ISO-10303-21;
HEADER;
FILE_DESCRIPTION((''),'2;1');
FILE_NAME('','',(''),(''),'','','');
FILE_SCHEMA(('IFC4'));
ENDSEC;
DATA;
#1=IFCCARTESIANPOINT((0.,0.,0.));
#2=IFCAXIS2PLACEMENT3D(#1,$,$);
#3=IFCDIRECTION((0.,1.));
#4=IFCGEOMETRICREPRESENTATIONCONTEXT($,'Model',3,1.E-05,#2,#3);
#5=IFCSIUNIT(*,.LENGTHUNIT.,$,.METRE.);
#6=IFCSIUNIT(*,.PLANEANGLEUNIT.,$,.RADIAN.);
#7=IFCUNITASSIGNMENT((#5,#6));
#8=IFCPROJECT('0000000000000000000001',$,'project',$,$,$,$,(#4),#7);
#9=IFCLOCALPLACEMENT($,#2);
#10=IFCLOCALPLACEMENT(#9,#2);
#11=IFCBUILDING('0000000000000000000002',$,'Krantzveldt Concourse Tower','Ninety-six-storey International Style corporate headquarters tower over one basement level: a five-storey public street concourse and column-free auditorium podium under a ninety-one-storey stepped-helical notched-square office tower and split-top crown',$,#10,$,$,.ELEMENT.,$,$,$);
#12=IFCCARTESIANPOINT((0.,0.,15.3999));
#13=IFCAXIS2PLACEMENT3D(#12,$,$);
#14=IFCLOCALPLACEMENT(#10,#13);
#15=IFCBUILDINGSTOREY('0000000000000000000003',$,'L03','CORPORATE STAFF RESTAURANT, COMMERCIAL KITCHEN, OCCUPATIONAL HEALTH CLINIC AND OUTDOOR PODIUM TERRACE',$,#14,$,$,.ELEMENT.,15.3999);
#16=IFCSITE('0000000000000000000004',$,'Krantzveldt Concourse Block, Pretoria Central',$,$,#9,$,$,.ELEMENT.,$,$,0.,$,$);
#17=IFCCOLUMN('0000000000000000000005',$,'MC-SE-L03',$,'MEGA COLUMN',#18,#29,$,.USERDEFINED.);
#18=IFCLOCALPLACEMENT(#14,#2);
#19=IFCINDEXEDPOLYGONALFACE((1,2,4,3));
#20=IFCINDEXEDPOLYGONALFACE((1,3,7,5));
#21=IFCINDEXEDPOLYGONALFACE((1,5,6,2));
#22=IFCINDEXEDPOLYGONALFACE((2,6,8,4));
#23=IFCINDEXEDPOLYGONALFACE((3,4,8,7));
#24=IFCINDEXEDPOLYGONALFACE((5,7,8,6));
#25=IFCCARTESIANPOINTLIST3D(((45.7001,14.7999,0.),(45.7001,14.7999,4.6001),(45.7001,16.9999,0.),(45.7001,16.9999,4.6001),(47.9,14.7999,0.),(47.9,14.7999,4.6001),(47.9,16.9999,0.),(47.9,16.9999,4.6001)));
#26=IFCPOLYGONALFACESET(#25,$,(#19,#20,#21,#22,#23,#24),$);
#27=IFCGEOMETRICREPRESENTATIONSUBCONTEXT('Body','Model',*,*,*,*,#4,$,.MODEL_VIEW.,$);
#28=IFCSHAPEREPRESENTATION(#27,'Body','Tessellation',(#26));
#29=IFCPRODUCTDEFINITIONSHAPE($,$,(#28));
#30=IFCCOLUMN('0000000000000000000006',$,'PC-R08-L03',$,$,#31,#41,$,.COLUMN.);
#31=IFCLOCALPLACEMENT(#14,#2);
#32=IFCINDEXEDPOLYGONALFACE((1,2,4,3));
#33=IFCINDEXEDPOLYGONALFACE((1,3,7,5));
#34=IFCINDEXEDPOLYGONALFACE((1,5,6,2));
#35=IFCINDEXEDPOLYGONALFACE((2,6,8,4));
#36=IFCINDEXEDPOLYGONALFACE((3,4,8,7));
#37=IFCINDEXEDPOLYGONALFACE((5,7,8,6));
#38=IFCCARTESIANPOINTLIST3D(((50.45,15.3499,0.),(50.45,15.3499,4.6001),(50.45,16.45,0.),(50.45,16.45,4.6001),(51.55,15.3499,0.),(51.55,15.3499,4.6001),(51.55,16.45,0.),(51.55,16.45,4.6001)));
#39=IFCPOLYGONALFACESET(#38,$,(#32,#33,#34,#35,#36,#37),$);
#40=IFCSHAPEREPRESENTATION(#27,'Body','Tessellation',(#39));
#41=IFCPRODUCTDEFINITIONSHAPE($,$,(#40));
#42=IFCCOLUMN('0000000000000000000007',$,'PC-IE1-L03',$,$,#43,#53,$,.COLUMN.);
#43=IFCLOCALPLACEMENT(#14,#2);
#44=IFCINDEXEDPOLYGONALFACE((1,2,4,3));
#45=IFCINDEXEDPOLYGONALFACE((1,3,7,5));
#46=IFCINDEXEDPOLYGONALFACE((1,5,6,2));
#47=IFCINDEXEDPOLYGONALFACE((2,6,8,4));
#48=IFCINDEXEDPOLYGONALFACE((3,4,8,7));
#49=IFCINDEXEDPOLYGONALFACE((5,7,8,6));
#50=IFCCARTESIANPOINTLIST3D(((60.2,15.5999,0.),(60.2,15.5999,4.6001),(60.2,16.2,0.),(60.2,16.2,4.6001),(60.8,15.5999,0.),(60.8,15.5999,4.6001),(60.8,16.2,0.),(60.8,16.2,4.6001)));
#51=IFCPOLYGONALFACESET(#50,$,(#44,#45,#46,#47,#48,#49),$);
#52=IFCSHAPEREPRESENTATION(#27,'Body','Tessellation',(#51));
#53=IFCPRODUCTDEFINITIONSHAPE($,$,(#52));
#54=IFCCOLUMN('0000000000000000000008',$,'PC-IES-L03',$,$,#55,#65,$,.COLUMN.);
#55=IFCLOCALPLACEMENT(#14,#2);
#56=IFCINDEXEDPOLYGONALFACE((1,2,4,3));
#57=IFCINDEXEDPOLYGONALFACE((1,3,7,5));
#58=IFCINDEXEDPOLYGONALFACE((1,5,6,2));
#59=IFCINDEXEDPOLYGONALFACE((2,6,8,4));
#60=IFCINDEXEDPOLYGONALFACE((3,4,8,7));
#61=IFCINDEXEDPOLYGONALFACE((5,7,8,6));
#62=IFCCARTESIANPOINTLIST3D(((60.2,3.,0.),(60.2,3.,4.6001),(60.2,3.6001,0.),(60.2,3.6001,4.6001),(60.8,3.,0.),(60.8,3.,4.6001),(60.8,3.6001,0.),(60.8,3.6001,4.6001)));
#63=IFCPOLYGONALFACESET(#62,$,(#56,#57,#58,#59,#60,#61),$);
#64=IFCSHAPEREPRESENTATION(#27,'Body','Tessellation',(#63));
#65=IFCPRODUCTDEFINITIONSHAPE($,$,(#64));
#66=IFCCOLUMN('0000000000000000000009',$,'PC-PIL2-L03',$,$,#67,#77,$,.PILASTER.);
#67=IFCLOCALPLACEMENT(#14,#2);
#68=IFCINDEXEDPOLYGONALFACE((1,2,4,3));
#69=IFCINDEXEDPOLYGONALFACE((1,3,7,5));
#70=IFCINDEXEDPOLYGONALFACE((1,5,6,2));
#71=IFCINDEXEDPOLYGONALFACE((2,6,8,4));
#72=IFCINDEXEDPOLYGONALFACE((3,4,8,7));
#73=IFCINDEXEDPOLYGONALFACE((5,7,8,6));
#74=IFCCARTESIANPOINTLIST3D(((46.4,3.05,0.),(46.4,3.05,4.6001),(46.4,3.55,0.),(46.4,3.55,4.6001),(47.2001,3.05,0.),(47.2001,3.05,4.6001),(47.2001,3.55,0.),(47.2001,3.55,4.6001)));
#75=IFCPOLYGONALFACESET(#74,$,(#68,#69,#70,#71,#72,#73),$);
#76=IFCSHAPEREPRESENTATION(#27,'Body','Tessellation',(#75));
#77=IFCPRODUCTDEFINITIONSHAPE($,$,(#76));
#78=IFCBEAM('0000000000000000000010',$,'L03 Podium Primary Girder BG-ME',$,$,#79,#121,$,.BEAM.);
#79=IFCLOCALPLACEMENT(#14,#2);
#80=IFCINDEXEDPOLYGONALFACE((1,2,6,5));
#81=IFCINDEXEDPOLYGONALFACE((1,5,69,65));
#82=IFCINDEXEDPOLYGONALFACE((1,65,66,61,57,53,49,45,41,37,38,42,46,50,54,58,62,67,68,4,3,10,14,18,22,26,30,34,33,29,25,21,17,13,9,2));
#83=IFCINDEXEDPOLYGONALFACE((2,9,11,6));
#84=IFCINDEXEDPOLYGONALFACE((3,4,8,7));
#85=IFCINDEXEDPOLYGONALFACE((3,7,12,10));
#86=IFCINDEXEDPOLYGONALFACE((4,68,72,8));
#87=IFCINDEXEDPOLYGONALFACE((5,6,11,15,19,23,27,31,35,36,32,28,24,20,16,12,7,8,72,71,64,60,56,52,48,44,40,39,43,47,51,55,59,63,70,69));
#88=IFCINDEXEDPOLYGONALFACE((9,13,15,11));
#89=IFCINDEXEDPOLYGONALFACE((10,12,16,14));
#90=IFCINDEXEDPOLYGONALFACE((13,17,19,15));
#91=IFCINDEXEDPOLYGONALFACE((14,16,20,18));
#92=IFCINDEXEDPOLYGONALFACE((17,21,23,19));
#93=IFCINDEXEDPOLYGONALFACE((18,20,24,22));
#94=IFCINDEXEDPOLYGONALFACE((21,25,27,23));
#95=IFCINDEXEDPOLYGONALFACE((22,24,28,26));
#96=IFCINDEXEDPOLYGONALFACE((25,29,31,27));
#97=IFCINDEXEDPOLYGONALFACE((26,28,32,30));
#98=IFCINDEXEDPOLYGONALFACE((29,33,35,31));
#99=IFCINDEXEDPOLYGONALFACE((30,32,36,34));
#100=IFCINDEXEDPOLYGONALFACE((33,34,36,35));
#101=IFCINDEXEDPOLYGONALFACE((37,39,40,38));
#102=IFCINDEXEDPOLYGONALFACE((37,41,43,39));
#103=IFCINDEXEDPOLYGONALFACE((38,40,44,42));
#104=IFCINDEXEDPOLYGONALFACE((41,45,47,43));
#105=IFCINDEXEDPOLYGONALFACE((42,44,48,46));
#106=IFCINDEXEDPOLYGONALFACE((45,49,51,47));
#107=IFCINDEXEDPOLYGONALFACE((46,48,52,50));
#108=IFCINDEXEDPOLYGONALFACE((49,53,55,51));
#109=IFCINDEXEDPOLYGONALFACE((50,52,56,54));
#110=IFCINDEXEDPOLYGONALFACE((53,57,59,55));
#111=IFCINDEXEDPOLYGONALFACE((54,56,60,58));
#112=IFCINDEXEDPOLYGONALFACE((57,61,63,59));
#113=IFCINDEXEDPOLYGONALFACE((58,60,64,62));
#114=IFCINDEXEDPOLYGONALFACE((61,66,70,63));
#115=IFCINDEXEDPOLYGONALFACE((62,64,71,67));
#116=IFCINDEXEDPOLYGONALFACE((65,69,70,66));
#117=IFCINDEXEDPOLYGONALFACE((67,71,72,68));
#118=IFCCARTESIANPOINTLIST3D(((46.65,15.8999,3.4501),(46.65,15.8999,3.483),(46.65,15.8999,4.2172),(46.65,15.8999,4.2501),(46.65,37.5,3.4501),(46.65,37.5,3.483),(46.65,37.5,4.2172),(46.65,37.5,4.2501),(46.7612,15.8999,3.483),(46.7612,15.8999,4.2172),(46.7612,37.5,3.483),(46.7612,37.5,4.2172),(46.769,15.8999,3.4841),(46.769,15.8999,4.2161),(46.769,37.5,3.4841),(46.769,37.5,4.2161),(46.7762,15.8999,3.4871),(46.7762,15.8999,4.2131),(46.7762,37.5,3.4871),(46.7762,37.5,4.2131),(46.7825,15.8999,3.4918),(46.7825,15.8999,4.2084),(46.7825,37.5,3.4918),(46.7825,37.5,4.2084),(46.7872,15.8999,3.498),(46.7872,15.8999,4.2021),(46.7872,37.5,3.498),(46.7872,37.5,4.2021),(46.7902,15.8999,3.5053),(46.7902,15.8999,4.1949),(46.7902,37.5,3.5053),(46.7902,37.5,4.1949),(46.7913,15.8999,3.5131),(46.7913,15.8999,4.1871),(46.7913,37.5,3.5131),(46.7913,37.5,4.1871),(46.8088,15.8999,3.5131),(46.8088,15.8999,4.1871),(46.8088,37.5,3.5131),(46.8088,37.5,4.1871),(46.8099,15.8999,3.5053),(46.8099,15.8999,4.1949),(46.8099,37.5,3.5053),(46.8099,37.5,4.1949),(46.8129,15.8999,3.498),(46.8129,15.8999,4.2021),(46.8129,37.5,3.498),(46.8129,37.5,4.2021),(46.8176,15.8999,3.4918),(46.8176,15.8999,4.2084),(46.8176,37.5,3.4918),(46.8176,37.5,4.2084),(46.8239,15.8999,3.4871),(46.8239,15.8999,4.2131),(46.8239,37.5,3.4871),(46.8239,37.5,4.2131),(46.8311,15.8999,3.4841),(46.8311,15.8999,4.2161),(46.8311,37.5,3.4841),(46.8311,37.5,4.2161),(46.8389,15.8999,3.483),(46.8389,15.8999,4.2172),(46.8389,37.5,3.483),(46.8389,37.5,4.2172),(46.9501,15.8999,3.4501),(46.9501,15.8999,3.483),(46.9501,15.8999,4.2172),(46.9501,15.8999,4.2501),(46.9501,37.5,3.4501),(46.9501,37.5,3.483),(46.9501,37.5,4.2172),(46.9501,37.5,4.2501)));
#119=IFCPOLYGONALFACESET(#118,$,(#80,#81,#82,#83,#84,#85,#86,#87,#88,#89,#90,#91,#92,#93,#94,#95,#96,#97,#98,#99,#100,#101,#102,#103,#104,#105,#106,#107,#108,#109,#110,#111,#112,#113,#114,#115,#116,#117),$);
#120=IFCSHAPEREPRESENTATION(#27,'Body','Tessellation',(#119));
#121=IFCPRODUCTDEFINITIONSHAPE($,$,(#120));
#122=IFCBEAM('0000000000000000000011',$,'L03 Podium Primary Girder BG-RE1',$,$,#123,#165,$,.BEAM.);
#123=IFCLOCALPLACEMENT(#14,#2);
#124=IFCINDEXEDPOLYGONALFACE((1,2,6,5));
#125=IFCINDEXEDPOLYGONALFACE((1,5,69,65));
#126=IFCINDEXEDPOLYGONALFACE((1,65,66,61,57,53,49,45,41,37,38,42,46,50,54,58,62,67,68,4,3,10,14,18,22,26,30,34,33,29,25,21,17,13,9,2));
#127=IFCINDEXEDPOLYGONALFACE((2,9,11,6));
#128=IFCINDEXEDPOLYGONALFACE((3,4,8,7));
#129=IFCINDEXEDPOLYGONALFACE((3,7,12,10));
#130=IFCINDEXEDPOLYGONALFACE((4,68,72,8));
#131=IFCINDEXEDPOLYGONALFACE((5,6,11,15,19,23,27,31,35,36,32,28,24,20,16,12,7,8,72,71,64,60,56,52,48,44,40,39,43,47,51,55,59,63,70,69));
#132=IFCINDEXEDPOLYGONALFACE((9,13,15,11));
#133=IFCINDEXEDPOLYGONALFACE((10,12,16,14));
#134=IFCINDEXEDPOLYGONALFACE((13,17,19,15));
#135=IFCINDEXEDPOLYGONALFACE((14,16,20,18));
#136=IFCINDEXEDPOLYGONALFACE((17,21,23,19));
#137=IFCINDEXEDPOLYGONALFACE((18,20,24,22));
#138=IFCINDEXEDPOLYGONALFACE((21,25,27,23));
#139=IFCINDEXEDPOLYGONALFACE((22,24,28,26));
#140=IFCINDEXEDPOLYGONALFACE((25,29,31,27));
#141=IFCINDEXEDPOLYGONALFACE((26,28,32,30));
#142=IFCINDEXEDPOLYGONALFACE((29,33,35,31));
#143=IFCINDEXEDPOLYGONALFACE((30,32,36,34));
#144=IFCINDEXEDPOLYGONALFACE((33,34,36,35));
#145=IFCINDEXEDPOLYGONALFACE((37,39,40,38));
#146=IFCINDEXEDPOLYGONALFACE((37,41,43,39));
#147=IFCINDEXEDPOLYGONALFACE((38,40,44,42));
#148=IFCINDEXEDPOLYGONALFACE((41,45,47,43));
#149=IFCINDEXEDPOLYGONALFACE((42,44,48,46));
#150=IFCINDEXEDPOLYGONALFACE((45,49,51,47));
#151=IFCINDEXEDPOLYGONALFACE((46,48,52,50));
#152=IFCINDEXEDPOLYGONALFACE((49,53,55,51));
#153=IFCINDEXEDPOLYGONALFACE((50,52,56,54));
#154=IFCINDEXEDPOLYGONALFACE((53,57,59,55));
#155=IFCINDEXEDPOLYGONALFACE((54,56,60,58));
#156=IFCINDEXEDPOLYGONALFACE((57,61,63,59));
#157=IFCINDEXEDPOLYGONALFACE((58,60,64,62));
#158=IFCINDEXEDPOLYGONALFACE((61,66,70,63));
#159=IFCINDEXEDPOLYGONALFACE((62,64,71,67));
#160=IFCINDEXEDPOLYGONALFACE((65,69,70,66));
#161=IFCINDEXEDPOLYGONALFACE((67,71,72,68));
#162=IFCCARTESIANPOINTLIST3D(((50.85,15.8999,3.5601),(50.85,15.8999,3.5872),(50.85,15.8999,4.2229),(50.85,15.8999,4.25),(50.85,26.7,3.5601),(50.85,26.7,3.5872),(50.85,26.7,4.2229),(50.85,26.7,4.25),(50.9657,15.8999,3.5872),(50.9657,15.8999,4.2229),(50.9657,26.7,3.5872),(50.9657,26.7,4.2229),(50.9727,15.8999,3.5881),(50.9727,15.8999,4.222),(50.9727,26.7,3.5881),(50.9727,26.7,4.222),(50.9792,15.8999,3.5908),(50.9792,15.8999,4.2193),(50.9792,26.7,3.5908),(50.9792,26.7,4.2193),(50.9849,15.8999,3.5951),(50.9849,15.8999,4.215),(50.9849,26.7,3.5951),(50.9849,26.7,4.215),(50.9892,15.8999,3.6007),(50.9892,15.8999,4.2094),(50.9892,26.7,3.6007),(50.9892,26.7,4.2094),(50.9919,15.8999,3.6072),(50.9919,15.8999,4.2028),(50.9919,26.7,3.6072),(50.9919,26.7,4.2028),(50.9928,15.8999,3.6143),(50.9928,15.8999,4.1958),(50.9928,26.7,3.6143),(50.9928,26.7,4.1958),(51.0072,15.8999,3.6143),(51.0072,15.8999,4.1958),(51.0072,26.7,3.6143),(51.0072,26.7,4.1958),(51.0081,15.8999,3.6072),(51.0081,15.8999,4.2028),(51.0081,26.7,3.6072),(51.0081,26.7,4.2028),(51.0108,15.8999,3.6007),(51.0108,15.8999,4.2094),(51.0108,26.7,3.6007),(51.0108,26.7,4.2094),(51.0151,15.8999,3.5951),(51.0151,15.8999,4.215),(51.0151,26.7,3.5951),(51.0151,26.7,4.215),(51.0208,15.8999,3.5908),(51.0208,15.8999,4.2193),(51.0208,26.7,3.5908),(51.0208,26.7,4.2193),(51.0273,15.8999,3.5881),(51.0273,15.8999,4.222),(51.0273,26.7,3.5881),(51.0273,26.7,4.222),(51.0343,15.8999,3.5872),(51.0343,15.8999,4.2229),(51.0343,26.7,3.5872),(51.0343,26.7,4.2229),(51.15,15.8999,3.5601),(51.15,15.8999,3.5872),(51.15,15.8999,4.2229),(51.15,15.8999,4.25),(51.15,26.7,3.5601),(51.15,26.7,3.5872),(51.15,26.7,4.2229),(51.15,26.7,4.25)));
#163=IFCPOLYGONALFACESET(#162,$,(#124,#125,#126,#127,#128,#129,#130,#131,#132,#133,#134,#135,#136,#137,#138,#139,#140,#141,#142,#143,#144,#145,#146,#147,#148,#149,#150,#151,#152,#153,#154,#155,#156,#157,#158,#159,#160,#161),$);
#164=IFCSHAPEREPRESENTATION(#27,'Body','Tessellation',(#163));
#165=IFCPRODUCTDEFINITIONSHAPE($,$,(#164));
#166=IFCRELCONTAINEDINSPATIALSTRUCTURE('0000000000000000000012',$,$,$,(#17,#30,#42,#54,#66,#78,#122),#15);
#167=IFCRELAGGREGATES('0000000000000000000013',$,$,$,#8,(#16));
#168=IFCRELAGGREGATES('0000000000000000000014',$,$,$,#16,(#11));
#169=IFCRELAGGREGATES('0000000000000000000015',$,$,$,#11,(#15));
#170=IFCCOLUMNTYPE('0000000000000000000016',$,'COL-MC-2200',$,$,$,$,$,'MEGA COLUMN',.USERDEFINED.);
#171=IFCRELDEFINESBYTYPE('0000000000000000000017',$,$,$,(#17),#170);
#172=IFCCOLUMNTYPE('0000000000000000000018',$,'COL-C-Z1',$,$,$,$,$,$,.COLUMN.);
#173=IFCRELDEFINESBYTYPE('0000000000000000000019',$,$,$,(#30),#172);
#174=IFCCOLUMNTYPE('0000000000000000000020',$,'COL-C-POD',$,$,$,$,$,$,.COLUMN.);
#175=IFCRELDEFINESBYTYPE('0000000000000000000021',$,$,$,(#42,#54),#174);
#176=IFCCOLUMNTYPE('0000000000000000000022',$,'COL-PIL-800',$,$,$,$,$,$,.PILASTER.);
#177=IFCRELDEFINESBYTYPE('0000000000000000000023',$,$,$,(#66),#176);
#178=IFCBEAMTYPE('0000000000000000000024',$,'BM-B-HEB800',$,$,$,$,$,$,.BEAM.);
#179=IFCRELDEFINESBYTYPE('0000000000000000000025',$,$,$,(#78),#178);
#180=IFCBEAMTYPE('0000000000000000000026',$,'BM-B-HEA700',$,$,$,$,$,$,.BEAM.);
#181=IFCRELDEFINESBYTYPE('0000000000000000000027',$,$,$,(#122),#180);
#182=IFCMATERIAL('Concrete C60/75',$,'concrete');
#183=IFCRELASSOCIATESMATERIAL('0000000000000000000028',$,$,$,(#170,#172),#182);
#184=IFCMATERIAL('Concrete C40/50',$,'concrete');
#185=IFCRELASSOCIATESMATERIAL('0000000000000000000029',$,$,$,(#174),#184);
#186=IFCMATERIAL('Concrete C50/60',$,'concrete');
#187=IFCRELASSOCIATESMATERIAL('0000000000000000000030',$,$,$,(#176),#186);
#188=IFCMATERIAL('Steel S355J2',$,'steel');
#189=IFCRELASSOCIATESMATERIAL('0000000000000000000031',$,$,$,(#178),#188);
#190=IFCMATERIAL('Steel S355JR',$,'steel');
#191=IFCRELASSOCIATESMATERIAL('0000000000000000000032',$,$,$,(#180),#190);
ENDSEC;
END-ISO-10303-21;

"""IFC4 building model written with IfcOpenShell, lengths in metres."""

from ifc_helpers import new_model, si_unit, direction, frame, origin, origin_2d, place, context, subcontext, project, spatial, rectangle, i_section, extrude, source, transform, mapped, material, material_profile, profile_set, type_object, type_shapes, element, save


model = new_model("IFC4")

# Units and contexts
model_context = context("Model", 3, precision=1e-05, world=origin(), true_north=direction((0.0, 1.0)))
body_context = subcontext(model_context, "Body", "Model", "MODEL_VIEW")
ifc_project = project(units=[si_unit("LENGTHUNIT", "METRE"), si_unit("PLANEANGLEUNIT", "RADIAN")], contexts=[model_context])

# Site, building, storey
site_placement = place(None, origin())
site = spatial("IfcSite", under=ifc_project, at=site_placement, Name="Krantzveldt Concourse Block, Pretoria Central", CompositionType="ELEMENT", RefElevation=0.0)
building_placement = place(site_placement, origin())
building = spatial("IfcBuilding", under=site, at=building_placement, Name="Krantzveldt Concourse Tower", Description="Ninety-six-storey International Style corporate headquarters tower over one basement level: a five-storey public street concourse and column-free auditorium podium under a ninety-one-storey stepped-helical notched-square office tower and split-top crown", CompositionType="ELEMENT")
storey_placement = place(building_placement, frame((0.0, 0.0, 15.3999)))
storey = spatial("IfcBuildingStorey", under=building, at=storey_placement, Name="L03", Description="CORPORATE STAFF RESTAURANT, COMMERCIAL KITCHEN, OCCUPATIONAL HEALTH CLINIC AND OUTDOOR PODIUM TERRACE", CompositionType="ELEMENT", Elevation=15.3999)

# Columns
ifc_material_1 = material(Name="Concrete C60/75", Category="concrete")
ifc_material_profile_1 = material_profile(ifc_material_1, rectangle(XDim=2.2, YDim=2.2, at=origin_2d()), Name="Concrete C60/75", Category="concrete")
ifc_profile_set_1 = profile_set([ifc_material_profile_1], Name="Concrete C60/75 - RC 2200x2200")
column_type_1 = type_object("IfcColumnType", Name="COL-MC-2200", ElementType="MEGA COLUMN", PredefinedType="USERDEFINED", material=ifc_profile_set_1)
shared_shape_1 = source(origin(), body_context, "Body", "SweptSolid", [
    extrude(rectangle(XDim=2.2, YDim=2.2, at=origin_2d()), origin(), (0.0, 0.0, 1.0), 4.6001),
])
type_shapes(column_type_1, [shared_shape_1])
column_1_placement = place(storey_placement, frame((46.8, 15.8999, 0.0), z_axis=(0.0, 0.0, 1.0), x_axis=(1.0, 0.0, 0.0)))
element("IfcColumn", 1, at=column_1_placement, inside=storey, type_object=column_type_1, Name="MC-SE-L03", ObjectType="MEGA COLUMN", PredefinedType="USERDEFINED", context=body_context, shape_type="MappedRepresentation", body=[
    mapped(shared_shape_1, transform((0.0, 0.0, 0.0), x_axis=(1.0, 0.0, 0.0), y_axis=(0.0, 1.0, 0.0), z_axis=(0.0, 0.0, 1.0), scale=1.0)),
])
ifc_material_profile_2 = material_profile(ifc_material_1, rectangle(XDim=1.1001, YDim=1.1001, at=origin_2d()), Name="Concrete C60/75", Category="concrete")
ifc_profile_set_2 = profile_set([ifc_material_profile_2], Name="Concrete C60/75 - RC 1100x1100")
column_type_2 = type_object("IfcColumnType", Name="COL-C-Z1", PredefinedType="COLUMN", material=ifc_profile_set_2)
shared_shape_2 = source(origin(), body_context, "Body", "SweptSolid", [
    extrude(rectangle(XDim=1.1001, YDim=1.1001, at=origin_2d()), origin(), (0.0, 0.0, 1.0), 4.6001),
])
type_shapes(column_type_2, [shared_shape_2])
column_2_placement = place(storey_placement, frame((51.0, 15.8999, 0.0), z_axis=(0.0, 0.0, 1.0), x_axis=(1.0, 0.0, 0.0)))
element("IfcColumn", 2, at=column_2_placement, inside=storey, type_object=column_type_2, Name="PC-R08-L03", PredefinedType="COLUMN", context=body_context, shape_type="MappedRepresentation", body=[
    mapped(shared_shape_2, transform((0.0, 0.0, 0.0), x_axis=(1.0, 0.0, 0.0), y_axis=(0.0, 1.0, 0.0), z_axis=(0.0, 0.0, 1.0), scale=1.0)),
])
ifc_material_2 = material(Name="Concrete C40/50", Category="concrete")
ifc_material_profile_3 = material_profile(ifc_material_2, rectangle(XDim=0.6001, YDim=0.6001, at=origin_2d()), Name="Concrete C40/50", Category="concrete")
ifc_profile_set_3 = profile_set([ifc_material_profile_3], Name="Concrete C40/50 - RC 600x600")
column_type_3 = type_object("IfcColumnType", Name="COL-C-POD", PredefinedType="COLUMN", material=ifc_profile_set_3)
shared_shape_3 = source(origin(), body_context, "Body", "SweptSolid", [
    extrude(rectangle(XDim=0.6001, YDim=0.6001, at=origin_2d()), origin(), (0.0, 0.0, 1.0), 4.6001),
])
type_shapes(column_type_3, [shared_shape_3])
for number, where, z_axis, x_axis, name in (
    (3, (60.5, 15.8999, 0.0), (0.0, 0.0, 1.0), (1.0, 0.0, 0.0), "PC-IE1-L03"),
    (4, (60.5, 3.3, 0.0), (0.0, 0.0, 1.0), (1.0, 0.0, 0.0), "PC-IES-L03"),
):
    element("IfcColumn", number, at=place(storey_placement, frame(where, z_axis=z_axis, x_axis=x_axis)), inside=storey, type_object=column_type_3, Name=name, PredefinedType="COLUMN", context=body_context, shape_type="MappedRepresentation", body=[
        mapped(shared_shape_3, transform((0.0, 0.0, 0.0), x_axis=(1.0, 0.0, 0.0), y_axis=(0.0, 1.0, 0.0), z_axis=(0.0, 0.0, 1.0), scale=1.0)),
    ])
ifc_material_3 = material(Name="Concrete C50/60", Category="concrete")
ifc_material_profile_4 = material_profile(ifc_material_3, rectangle(XDim=0.8, YDim=0.5, at=origin_2d()), Name="Concrete C50/60", Category="concrete")
ifc_profile_set_4 = profile_set([ifc_material_profile_4], Name="Concrete C50/60 - RC-PIL 800x500")
column_type_4 = type_object("IfcColumnType", Name="COL-PIL-800", PredefinedType="PILASTER", material=ifc_profile_set_4)
shared_shape_4 = source(origin(), body_context, "Body", "SweptSolid", [
    extrude(rectangle(XDim=0.8, YDim=0.5, at=origin_2d()), origin(), (0.0, 0.0, 1.0), 4.6001),
])
type_shapes(column_type_4, [shared_shape_4])
column_3_placement = place(storey_placement, frame((46.8, 3.3, 0.0), z_axis=(0.0, 0.0, 1.0), x_axis=(1.0, 0.0, 0.0)))
element("IfcColumn", 5, at=column_3_placement, inside=storey, type_object=column_type_4, Name="PC-PIL2-L03", PredefinedType="PILASTER", context=body_context, shape_type="MappedRepresentation", body=[
    mapped(shared_shape_4, transform((0.0, 0.0, 0.0), x_axis=(1.0, 0.0, 0.0), y_axis=(0.0, 1.0, 0.0), z_axis=(0.0, 0.0, 1.0), scale=1.0)),
])

# Beams
ifc_material_4 = material(Name="Steel S355J2", Category="steel")
ifc_material_profile_5 = material_profile(ifc_material_4, i_section(OverallWidth=0.3, OverallDepth=0.8, WebThickness=0.0176, FlangeThickness=0.033, FilletRadius=0.03, at=origin_2d()), Name="Steel S355J2", Category="steel")
ifc_profile_set_5 = profile_set([ifc_material_profile_5], Name="Steel S355J2 - HEB 800")
beam_type_1 = type_object("IfcBeamType", Name="BM-B-HEB800", PredefinedType="BEAM", material=ifc_profile_set_5)
shared_shape_5 = source(origin(), body_context, "Body", "SweptSolid", [
    extrude(i_section(OverallWidth=0.3, OverallDepth=0.8, WebThickness=0.0176, FlangeThickness=0.033, FilletRadius=0.03, at=origin_2d()), origin(), (0.0, 0.0, 1.0), 21.6001),
])
type_shapes(beam_type_1, [shared_shape_5])
beam_1_placement = place(storey_placement, frame((46.8, 15.8999, 3.8501), z_axis=(0.0, 1.0, 0.0), x_axis=(-1.0, 0.0, 0.0)))
element("IfcBeam", 6, at=beam_1_placement, inside=storey, type_object=beam_type_1, Name="L03 Podium Primary Girder BG-ME", PredefinedType="BEAM", context=body_context, shape_type="MappedRepresentation", body=[
    mapped(shared_shape_5, transform((0.0, 0.0, 0.0), x_axis=(1.0, 0.0, 0.0), y_axis=(0.0, 1.0, 0.0), z_axis=(0.0, 0.0, 1.0), scale=1.0)),
])
ifc_material_5 = material(Name="Steel S355JR", Category="steel")
ifc_material_profile_6 = material_profile(ifc_material_5, i_section(OverallWidth=0.3, OverallDepth=0.6899, WebThickness=0.0144, FlangeThickness=0.0271, FilletRadius=0.0271, at=origin_2d()), Name="Steel S355JR", Category="steel")
ifc_profile_set_6 = profile_set([ifc_material_profile_6], Name="Steel S355JR - HEA 700")
beam_type_2 = type_object("IfcBeamType", Name="BM-B-HEA700", PredefinedType="BEAM", material=ifc_profile_set_6)
shared_shape_6 = source(origin(), body_context, "Body", "SweptSolid", [
    extrude(i_section(OverallWidth=0.3, OverallDepth=0.6899, WebThickness=0.0144, FlangeThickness=0.0271, FilletRadius=0.0271, at=origin_2d()), origin(), (0.0, 0.0, 1.0), 10.8),
])
for number, where, z_axis, x_axis, name in (
    (7, (51.0, 15.8999, 3.905), (0.0, 1.0, 0.0), (-1.0, 0.0, 0.0), "L03 Podium Primary Girder BG-RE1"),
):
    element("IfcBeam", number, at=place(storey_placement, frame(where, z_axis=z_axis, x_axis=x_axis)), inside=storey, type_object=beam_type_2, Name=name, PredefinedType="BEAM", context=body_context, shape_type="MappedRepresentation", body=[
        mapped(shared_shape_6, transform((0.0, 0.0, 0.0), x_axis=(1.0, 0.0, 0.0), y_axis=(0.0, 1.0, 0.0), z_axis=(0.0, 0.0, 1.0), scale=1.0)),
    ])

save(model, "model.ifc")
